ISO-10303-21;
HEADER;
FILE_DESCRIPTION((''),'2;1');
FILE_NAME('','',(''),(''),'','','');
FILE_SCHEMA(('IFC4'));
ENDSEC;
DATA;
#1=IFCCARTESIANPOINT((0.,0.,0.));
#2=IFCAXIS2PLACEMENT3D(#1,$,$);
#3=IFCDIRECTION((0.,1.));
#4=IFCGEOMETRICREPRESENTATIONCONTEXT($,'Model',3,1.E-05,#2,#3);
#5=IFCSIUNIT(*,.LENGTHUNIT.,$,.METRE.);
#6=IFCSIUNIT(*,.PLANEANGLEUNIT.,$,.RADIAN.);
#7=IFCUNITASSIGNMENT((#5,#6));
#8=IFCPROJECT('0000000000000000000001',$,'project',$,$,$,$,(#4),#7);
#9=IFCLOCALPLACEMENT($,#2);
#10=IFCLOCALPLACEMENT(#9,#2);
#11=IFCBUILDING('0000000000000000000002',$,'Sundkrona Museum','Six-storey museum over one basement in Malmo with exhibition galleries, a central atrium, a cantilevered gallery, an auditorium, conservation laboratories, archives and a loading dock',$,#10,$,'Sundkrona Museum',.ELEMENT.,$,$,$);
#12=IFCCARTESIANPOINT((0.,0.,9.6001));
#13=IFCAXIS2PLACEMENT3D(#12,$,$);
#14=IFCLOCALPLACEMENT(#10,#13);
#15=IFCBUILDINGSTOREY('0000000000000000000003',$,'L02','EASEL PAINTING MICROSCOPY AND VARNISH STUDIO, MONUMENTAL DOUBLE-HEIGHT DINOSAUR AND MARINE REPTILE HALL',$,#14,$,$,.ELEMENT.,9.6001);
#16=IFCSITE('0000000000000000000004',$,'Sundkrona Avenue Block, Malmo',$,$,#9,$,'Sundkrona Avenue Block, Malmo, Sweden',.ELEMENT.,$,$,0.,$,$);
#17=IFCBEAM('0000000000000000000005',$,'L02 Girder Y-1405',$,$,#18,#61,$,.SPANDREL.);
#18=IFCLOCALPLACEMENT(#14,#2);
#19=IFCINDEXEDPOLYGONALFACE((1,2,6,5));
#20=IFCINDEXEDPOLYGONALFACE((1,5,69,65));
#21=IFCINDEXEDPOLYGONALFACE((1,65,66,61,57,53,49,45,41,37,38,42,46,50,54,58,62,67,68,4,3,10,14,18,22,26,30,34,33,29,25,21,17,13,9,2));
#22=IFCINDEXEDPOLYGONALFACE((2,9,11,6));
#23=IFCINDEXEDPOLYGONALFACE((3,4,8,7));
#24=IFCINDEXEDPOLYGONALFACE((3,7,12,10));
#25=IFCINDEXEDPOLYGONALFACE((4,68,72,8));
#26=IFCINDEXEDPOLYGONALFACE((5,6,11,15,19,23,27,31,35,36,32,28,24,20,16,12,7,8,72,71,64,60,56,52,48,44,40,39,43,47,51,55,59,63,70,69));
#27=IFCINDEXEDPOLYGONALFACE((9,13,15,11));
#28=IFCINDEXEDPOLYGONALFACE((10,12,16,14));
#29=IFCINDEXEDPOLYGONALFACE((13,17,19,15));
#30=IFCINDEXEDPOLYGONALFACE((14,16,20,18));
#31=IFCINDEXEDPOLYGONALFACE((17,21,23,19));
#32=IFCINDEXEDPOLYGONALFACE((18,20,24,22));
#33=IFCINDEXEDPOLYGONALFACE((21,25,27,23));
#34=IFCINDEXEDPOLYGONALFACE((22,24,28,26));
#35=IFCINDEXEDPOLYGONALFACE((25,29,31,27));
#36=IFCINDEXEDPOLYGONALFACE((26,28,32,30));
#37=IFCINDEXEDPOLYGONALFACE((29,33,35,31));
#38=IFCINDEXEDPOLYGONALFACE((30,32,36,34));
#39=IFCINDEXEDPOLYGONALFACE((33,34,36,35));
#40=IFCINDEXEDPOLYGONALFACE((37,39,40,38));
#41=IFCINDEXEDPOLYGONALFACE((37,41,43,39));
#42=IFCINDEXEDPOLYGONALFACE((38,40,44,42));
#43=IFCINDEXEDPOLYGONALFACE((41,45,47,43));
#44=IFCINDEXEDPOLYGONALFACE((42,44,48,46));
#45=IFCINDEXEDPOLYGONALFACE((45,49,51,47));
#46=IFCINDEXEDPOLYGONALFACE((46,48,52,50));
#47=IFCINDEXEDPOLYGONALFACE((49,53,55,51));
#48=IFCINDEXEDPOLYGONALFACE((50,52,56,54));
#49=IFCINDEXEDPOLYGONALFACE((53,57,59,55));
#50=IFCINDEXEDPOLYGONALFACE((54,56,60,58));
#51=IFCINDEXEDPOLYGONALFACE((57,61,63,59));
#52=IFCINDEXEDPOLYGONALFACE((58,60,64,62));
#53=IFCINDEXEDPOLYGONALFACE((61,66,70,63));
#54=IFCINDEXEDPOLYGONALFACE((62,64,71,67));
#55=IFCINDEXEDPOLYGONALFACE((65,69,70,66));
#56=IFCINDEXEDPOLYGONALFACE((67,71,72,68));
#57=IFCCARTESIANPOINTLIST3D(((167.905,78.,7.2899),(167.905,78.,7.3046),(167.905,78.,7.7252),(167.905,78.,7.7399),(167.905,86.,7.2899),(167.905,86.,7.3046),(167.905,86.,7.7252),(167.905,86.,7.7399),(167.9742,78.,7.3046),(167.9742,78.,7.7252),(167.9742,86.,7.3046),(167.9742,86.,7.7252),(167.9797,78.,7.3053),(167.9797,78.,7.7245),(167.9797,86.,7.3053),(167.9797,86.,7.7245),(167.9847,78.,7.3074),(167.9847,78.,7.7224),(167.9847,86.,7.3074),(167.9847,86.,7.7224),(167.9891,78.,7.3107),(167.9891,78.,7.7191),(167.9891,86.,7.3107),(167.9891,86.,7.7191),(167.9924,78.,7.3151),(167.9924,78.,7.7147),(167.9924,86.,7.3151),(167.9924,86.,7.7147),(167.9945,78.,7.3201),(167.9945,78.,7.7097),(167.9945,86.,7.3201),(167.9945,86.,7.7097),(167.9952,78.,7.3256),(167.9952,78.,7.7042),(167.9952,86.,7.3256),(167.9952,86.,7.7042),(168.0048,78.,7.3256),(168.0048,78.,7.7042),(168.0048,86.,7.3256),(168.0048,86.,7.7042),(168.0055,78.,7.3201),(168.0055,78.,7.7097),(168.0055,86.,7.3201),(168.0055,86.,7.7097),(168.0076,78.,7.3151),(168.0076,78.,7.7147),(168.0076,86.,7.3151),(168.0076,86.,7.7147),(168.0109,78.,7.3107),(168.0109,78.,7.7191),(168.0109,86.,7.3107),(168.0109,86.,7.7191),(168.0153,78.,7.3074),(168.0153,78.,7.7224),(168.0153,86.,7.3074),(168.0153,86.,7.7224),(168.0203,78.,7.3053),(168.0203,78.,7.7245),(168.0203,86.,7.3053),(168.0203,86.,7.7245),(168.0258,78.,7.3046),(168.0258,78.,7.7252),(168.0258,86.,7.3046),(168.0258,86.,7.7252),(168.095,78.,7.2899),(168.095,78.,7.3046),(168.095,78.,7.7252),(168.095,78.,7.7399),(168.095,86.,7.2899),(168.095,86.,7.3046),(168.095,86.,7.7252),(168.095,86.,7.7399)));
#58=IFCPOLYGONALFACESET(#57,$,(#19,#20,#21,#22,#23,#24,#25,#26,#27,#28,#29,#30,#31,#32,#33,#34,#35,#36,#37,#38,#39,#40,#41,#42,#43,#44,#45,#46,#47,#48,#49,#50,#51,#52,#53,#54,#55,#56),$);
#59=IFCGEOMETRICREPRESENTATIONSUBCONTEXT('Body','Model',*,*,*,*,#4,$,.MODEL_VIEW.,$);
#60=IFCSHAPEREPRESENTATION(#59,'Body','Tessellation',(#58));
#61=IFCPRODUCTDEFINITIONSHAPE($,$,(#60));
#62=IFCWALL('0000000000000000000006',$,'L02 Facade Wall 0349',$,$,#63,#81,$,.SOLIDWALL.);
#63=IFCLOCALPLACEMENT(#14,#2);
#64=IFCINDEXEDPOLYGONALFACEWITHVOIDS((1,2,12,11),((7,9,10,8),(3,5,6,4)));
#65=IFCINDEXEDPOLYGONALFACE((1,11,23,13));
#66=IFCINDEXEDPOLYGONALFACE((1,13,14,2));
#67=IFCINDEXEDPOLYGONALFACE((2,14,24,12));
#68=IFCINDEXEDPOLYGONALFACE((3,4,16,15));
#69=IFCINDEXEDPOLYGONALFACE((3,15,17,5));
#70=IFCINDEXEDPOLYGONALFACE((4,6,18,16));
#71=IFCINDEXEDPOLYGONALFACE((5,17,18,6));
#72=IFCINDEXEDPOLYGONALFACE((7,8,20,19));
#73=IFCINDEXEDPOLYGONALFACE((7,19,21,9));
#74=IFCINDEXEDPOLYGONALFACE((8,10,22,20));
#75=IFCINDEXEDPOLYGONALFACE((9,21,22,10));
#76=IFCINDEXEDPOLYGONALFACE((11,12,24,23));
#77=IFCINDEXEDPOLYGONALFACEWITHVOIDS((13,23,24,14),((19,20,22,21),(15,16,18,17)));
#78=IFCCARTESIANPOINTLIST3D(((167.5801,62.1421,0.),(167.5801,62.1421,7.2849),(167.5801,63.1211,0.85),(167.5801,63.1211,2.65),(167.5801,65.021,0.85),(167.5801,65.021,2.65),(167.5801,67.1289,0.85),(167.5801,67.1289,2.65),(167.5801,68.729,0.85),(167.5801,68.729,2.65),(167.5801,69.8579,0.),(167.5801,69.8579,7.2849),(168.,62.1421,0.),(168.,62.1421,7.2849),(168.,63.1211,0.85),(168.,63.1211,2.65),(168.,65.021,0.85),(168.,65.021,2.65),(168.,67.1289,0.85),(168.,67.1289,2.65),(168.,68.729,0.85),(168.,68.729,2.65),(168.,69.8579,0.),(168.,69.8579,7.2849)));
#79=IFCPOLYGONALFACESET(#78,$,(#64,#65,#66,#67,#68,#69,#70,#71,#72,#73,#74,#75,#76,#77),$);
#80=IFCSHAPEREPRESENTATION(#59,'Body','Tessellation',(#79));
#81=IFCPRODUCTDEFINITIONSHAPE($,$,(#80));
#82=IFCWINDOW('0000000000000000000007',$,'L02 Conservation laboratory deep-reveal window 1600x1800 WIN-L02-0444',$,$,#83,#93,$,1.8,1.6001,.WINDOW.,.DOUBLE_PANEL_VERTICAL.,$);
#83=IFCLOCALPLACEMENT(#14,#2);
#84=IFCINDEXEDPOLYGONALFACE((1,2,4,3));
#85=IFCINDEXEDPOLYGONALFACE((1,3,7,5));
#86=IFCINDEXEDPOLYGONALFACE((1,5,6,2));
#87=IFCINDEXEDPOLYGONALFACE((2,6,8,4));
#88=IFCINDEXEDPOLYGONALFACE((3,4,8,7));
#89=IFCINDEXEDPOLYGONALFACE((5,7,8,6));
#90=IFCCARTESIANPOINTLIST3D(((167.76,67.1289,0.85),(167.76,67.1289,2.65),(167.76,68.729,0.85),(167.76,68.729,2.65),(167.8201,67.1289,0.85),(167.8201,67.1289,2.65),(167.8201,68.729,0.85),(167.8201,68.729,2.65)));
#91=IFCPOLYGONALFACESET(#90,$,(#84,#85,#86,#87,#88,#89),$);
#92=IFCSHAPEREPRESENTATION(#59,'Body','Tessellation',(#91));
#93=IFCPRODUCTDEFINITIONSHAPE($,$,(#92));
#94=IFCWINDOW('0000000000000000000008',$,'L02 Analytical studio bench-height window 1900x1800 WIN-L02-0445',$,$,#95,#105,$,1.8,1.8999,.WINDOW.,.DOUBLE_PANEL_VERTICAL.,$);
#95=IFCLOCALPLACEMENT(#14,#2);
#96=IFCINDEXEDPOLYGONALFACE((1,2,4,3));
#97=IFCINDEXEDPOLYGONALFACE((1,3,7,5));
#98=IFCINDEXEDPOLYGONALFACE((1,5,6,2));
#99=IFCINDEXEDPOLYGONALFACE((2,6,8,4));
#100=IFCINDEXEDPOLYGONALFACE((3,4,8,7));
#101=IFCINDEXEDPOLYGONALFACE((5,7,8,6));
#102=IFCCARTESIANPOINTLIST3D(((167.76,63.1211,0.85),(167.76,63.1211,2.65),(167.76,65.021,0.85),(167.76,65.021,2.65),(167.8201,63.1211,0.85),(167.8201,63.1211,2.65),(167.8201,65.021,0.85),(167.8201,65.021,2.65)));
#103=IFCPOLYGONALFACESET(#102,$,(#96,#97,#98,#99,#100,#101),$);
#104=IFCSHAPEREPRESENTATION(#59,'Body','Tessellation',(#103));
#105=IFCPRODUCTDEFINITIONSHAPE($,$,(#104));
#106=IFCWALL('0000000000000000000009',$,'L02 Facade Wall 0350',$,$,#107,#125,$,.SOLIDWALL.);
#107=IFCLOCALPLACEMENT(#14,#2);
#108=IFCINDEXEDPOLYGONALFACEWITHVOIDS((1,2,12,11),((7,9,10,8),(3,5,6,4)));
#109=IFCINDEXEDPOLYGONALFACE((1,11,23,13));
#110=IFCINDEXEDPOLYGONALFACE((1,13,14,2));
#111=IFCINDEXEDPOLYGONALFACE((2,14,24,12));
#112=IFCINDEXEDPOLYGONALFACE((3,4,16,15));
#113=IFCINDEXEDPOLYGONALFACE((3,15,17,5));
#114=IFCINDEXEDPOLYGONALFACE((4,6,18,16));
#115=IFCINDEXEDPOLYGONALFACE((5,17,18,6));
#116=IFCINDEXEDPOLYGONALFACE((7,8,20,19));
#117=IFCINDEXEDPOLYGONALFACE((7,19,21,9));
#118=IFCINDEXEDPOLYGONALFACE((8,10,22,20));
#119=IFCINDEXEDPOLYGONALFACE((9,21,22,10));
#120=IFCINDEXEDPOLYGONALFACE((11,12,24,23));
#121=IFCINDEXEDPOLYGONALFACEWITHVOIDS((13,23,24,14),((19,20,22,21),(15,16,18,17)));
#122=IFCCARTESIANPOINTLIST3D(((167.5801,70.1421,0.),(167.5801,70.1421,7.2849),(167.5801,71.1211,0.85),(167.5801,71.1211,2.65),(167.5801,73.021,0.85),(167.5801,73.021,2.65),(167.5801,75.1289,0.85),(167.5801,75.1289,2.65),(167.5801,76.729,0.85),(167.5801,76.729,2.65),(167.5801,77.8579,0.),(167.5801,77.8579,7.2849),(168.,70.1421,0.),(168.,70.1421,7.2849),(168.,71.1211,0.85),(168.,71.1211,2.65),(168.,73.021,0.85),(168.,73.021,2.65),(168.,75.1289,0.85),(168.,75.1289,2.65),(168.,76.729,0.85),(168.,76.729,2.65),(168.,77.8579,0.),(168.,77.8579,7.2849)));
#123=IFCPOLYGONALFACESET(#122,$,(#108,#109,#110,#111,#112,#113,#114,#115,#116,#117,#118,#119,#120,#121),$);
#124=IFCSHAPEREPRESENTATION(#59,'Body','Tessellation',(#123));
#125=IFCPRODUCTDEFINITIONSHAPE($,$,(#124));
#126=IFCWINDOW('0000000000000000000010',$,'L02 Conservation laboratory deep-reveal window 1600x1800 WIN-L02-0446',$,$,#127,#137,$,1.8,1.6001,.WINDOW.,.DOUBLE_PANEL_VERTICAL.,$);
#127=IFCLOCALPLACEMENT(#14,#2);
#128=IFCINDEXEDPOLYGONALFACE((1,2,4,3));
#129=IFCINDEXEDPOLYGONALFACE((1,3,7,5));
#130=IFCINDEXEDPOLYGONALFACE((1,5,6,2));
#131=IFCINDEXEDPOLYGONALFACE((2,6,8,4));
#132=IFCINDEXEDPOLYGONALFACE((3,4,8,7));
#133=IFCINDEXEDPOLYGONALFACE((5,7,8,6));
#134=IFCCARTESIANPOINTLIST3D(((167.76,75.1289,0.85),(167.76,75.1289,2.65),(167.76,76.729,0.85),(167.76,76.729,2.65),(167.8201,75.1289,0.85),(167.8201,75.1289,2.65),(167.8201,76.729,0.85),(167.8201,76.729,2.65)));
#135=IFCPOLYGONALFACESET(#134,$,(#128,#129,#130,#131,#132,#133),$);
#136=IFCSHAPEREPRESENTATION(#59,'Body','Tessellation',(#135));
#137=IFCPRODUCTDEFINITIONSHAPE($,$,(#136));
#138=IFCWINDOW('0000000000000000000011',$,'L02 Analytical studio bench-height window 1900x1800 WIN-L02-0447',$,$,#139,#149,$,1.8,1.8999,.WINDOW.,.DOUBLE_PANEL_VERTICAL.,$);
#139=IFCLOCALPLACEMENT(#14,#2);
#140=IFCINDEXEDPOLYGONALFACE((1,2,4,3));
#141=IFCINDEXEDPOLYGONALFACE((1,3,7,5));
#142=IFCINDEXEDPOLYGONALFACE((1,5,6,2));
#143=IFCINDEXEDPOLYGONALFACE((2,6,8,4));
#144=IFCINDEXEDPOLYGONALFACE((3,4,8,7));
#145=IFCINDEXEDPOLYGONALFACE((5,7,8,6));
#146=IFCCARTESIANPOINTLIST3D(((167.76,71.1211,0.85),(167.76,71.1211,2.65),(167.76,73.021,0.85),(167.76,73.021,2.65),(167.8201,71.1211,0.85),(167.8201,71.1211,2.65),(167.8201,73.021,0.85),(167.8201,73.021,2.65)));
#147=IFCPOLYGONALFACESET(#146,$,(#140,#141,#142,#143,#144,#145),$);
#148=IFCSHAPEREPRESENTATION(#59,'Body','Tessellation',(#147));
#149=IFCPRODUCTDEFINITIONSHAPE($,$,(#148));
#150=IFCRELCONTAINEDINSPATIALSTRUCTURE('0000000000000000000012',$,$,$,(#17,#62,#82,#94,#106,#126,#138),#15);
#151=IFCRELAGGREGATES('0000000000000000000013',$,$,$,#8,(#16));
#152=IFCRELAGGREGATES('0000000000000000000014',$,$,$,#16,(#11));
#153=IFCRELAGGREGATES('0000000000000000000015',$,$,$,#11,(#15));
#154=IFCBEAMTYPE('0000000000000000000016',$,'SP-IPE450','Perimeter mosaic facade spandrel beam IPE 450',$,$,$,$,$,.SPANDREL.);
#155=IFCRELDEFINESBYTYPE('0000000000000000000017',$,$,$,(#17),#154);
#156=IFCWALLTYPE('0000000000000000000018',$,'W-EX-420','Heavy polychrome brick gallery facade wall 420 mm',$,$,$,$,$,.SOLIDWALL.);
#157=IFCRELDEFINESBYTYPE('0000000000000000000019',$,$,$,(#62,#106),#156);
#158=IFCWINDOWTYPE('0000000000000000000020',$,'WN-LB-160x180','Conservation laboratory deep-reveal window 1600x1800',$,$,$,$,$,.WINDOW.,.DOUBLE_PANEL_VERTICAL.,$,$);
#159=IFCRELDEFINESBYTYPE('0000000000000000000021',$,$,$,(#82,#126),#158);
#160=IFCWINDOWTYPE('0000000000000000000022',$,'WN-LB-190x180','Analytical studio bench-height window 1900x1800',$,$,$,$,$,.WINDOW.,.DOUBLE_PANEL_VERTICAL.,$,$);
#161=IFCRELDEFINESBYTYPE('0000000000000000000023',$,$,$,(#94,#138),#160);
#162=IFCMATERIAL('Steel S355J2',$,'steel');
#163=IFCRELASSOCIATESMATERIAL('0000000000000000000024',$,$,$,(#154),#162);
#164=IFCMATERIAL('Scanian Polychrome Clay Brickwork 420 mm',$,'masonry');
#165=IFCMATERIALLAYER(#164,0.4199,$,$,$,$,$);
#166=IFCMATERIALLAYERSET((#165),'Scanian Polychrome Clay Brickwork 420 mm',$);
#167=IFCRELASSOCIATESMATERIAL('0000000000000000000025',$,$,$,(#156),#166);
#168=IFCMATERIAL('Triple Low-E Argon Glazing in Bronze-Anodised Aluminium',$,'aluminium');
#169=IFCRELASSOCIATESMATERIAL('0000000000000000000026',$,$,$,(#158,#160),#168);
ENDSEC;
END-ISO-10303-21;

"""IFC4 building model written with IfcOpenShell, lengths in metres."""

from ifc_helpers import new_model, si_unit, direction, frame, frame_2d, origin, origin_2d, place, context, subcontext, project, spatial, rectangle, i_section, extrude, material, layer, layer_set, material_profile, profile_set, type_object, element, fill, save


model = new_model("IFC4")

# Units and contexts
model_context = context("Model", 3, precision=1e-05, world=origin(), true_north=direction((0.0, 1.0)))
body_context = subcontext(model_context, "Body", "Model", "MODEL_VIEW")
ifc_project = project(units=[si_unit("LENGTHUNIT", "METRE"), si_unit("PLANEANGLEUNIT", "RADIAN")], contexts=[model_context])

# Site, building, storey
site_placement = place(None, origin())
site = spatial("IfcSite", under=ifc_project, at=site_placement, Name="Sundkrona Avenue Block, Malmo", LongName="Sundkrona Avenue Block, Malmo, Sweden", CompositionType="ELEMENT", RefElevation=0.0)
building_placement = place(site_placement, origin())
building = spatial("IfcBuilding", under=site, at=building_placement, Name="Sundkrona Museum", Description="Six-storey museum over one basement in Malmo with exhibition galleries, a central atrium, a cantilevered gallery, an auditorium, conservation laboratories, archives and a loading dock", LongName="Sundkrona Museum", CompositionType="ELEMENT")
storey_placement = place(building_placement, frame((0.0, 0.0, 9.6001)))
storey = spatial("IfcBuildingStorey", under=building, at=storey_placement, Name="L02", Description="EASEL PAINTING MICROSCOPY AND VARNISH STUDIO, MONUMENTAL DOUBLE-HEIGHT DINOSAUR AND MARINE REPTILE HALL", CompositionType="ELEMENT", Elevation=9.6001)

# Shared definitions
ifc_material_1 = material(Name="Steel S355J2", Category="steel")

# Beam
ifc_material_profile_1 = material_profile(ifc_material_1, i_section(OverallWidth=0.1899, OverallDepth=0.45, WebThickness=0.0095, FlangeThickness=0.0146, FilletRadius=0.021, at=origin_2d()), Name="IPE 450")
ifc_profile_set_1 = profile_set([ifc_material_profile_1], Name="Steel S355J2")
beam_type_1 = type_object("IfcBeamType", Name="SP-IPE450", Description="Perimeter mosaic facade spandrel beam IPE 450", PredefinedType="SPANDREL", material=ifc_profile_set_1)
for number, where, z_axis, x_axis, name in (
    (1, (168.0, 78.0, 7.5149), (0.0, 1.0, 0.0), (-1.0, 0.0, 0.0), "L02 Girder Y-1405"),
):
    element("IfcBeam", number, at=place(storey_placement, frame(where, z_axis=z_axis, x_axis=x_axis)), inside=storey, type_object=beam_type_1, Name=name, PredefinedType="SPANDREL", context=body_context, shape_type="SweptSolid", body=[
        extrude(i_section(OverallWidth=0.1899, OverallDepth=0.45, WebThickness=0.0095, FlangeThickness=0.0146, FilletRadius=0.021, at=origin_2d()), origin(), (0.0, 0.0, 1.0), 8.0),
    ])

# Walls, openings, windows
ifc_material_2 = material(Name="Scanian Polychrome Clay Brickwork 420 mm", Category="masonry")
ifc_layer = layer(ifc_material_2, 0.4199)
ifc_layer_set = layer_set([ifc_layer], Name="Scanian Polychrome Clay Brickwork 420 mm")
wall_type = type_object("IfcWallType", Name="W-EX-420", Description="Heavy polychrome brick gallery facade wall 420 mm", PredefinedType="SOLIDWALL", material=ifc_layer_set)
wall_1_placement = place(storey_placement, frame((167.79, 69.8579, 0.0), z_axis=(0.0, 0.0, 1.0), x_axis=(0.0, -1.0, 0.0)))
wall_1 = element("IfcWall", 2, at=wall_1_placement, inside=storey, type_object=wall_type, Name="L02 Facade Wall 0349", PredefinedType="SOLIDWALL", context=body_context, shape_type="SweptSolid", body=[
    extrude(rectangle(XDim=7.7158, YDim=0.4199, at=frame_2d((3.8579, 0.0))), origin(), (0.0, 0.0, 1.0), 7.2849),
])
opening_1_placement = place(wall_1_placement, frame((1.1289, 0.0, 0.8501)))
opening_1 = element("IfcOpeningElement", 3, at=opening_1_placement, cuts=wall_1, PredefinedType="OPENING", context=body_context, shape_type="SweptSolid", body=[
    extrude(rectangle(XDim=1.6001, YDim=1.8, at=frame_2d((0.8, 0.8999))), frame((0.0, 0.22, 0.0), z_axis=(0.0, -1.0, 0.0), x_axis=(1.0, 0.0, 0.0)), (0.0, 0.0, 1.0), 0.4399),
])
opening_2_placement = place(wall_1_placement, frame((4.8369, 0.0, 0.8501)))
opening_2 = element("IfcOpeningElement", 4, at=opening_2_placement, cuts=wall_1, PredefinedType="OPENING", context=body_context, shape_type="SweptSolid", body=[
    extrude(rectangle(XDim=1.8999, YDim=1.8, at=frame_2d((0.95, 0.8999))), frame((0.0, 0.22, 0.0), z_axis=(0.0, -1.0, 0.0), x_axis=(1.0, 0.0, 0.0)), (0.0, 0.0, 1.0), 0.4399),
])
ifc_material_3 = material(Name="Triple Low-E Argon Glazing in Bronze-Anodised Aluminium", Category="aluminium")
window_type_1 = type_object("IfcWindowType", Name="WN-LB-160x180", Description="Conservation laboratory deep-reveal window 1600x1800", PartitioningType="DOUBLE_PANEL_VERTICAL", PredefinedType="WINDOW", material=ifc_material_3)
window_1_placement = place(opening_1_placement, origin())
window_1 = element("IfcWindow", 5, at=window_1_placement, inside=storey, type_object=window_type_1, Name="L02 Conservation laboratory deep-reveal window 1600x1800 WIN-L02-0444", OverallHeight=1.8, OverallWidth=1.6001, PartitioningType="DOUBLE_PANEL_VERTICAL", PredefinedType="WINDOW", context=body_context, shape_type="SweptSolid", body=[
    extrude(rectangle(XDim=1.6001, YDim=1.8, at=frame_2d((0.8, 0.8999))), frame((0.0, 0.03, 0.0), z_axis=(0.0, -1.0, 0.0), x_axis=(1.0, 0.0, 0.0)), (0.0, 0.0, 1.0), 0.0601),
])
fill(opening_1, window_1)
window_type_2 = type_object("IfcWindowType", Name="WN-LB-190x180", Description="Analytical studio bench-height window 1900x1800", PartitioningType="DOUBLE_PANEL_VERTICAL", PredefinedType="WINDOW", material=ifc_material_3)
window_2_placement = place(opening_2_placement, origin())
window_2 = element("IfcWindow", 6, at=window_2_placement, inside=storey, type_object=window_type_2, Name="L02 Analytical studio bench-height window 1900x1800 WIN-L02-0445", OverallHeight=1.8, OverallWidth=1.8999, PartitioningType="DOUBLE_PANEL_VERTICAL", PredefinedType="WINDOW", context=body_context, shape_type="SweptSolid", body=[
    extrude(rectangle(XDim=1.8999, YDim=1.8, at=frame_2d((0.95, 0.8999))), frame((0.0, 0.03, 0.0), z_axis=(0.0, -1.0, 0.0), x_axis=(1.0, 0.0, 0.0)), (0.0, 0.0, 1.0), 0.0601),
])
fill(opening_2, window_2)
wall_2_placement = place(storey_placement, frame((167.79, 77.8579, 0.0), z_axis=(0.0, 0.0, 1.0), x_axis=(0.0, -1.0, 0.0)))
wall_2 = element("IfcWall", 7, at=wall_2_placement, inside=storey, type_object=wall_type, Name="L02 Facade Wall 0350", PredefinedType="SOLIDWALL", context=body_context, shape_type="SweptSolid", body=[
    extrude(rectangle(XDim=7.7158, YDim=0.4199, at=frame_2d((3.8579, 0.0))), origin(), (0.0, 0.0, 1.0), 7.2849),
])
opening_3_placement = place(wall_2_placement, frame((1.1289, 0.0, 0.8501)))
opening_3 = element("IfcOpeningElement", 8, at=opening_3_placement, cuts=wall_2, PredefinedType="OPENING", context=body_context, shape_type="SweptSolid", body=[
    extrude(rectangle(XDim=1.6001, YDim=1.8, at=frame_2d((0.8, 0.8999))), frame((0.0, 0.22, 0.0), z_axis=(0.0, -1.0, 0.0), x_axis=(1.0, 0.0, 0.0)), (0.0, 0.0, 1.0), 0.4399),
])
opening_4_placement = place(wall_2_placement, frame((4.8369, 0.0, 0.8501)))
opening_4 = element("IfcOpeningElement", 9, at=opening_4_placement, cuts=wall_2, PredefinedType="OPENING", context=body_context, shape_type="SweptSolid", body=[
    extrude(rectangle(XDim=1.8999, YDim=1.8, at=frame_2d((0.95, 0.8999))), frame((0.0, 0.22, 0.0), z_axis=(0.0, -1.0, 0.0), x_axis=(1.0, 0.0, 0.0)), (0.0, 0.0, 1.0), 0.4399),
])
window_3_placement = place(opening_3_placement, origin())
window_3 = element("IfcWindow", 10, at=window_3_placement, inside=storey, type_object=window_type_1, Name="L02 Conservation laboratory deep-reveal window 1600x1800 WIN-L02-0446", OverallHeight=1.8, OverallWidth=1.6001, PartitioningType="DOUBLE_PANEL_VERTICAL", PredefinedType="WINDOW", context=body_context, shape_type="SweptSolid", body=[
    extrude(rectangle(XDim=1.6001, YDim=1.8, at=frame_2d((0.8, 0.8999))), frame((0.0, 0.03, 0.0), z_axis=(0.0, -1.0, 0.0), x_axis=(1.0, 0.0, 0.0)), (0.0, 0.0, 1.0), 0.0601),
])
fill(opening_3, window_3)
window_4_placement = place(opening_4_placement, origin())
window_4 = element("IfcWindow", 11, at=window_4_placement, inside=storey, type_object=window_type_2, Name="L02 Analytical studio bench-height window 1900x1800 WIN-L02-0447", OverallHeight=1.8, OverallWidth=1.8999, PartitioningType="DOUBLE_PANEL_VERTICAL", PredefinedType="WINDOW", context=body_context, shape_type="SweptSolid", body=[
    extrude(rectangle(XDim=1.8999, YDim=1.8, at=frame_2d((0.95, 0.8999))), frame((0.0, 0.03, 0.0), z_axis=(0.0, -1.0, 0.0), x_axis=(1.0, 0.0, 0.0)), (0.0, 0.0, 1.0), 0.0601),
])
fill(opening_4, window_4)

save(model, "model.ifc")
